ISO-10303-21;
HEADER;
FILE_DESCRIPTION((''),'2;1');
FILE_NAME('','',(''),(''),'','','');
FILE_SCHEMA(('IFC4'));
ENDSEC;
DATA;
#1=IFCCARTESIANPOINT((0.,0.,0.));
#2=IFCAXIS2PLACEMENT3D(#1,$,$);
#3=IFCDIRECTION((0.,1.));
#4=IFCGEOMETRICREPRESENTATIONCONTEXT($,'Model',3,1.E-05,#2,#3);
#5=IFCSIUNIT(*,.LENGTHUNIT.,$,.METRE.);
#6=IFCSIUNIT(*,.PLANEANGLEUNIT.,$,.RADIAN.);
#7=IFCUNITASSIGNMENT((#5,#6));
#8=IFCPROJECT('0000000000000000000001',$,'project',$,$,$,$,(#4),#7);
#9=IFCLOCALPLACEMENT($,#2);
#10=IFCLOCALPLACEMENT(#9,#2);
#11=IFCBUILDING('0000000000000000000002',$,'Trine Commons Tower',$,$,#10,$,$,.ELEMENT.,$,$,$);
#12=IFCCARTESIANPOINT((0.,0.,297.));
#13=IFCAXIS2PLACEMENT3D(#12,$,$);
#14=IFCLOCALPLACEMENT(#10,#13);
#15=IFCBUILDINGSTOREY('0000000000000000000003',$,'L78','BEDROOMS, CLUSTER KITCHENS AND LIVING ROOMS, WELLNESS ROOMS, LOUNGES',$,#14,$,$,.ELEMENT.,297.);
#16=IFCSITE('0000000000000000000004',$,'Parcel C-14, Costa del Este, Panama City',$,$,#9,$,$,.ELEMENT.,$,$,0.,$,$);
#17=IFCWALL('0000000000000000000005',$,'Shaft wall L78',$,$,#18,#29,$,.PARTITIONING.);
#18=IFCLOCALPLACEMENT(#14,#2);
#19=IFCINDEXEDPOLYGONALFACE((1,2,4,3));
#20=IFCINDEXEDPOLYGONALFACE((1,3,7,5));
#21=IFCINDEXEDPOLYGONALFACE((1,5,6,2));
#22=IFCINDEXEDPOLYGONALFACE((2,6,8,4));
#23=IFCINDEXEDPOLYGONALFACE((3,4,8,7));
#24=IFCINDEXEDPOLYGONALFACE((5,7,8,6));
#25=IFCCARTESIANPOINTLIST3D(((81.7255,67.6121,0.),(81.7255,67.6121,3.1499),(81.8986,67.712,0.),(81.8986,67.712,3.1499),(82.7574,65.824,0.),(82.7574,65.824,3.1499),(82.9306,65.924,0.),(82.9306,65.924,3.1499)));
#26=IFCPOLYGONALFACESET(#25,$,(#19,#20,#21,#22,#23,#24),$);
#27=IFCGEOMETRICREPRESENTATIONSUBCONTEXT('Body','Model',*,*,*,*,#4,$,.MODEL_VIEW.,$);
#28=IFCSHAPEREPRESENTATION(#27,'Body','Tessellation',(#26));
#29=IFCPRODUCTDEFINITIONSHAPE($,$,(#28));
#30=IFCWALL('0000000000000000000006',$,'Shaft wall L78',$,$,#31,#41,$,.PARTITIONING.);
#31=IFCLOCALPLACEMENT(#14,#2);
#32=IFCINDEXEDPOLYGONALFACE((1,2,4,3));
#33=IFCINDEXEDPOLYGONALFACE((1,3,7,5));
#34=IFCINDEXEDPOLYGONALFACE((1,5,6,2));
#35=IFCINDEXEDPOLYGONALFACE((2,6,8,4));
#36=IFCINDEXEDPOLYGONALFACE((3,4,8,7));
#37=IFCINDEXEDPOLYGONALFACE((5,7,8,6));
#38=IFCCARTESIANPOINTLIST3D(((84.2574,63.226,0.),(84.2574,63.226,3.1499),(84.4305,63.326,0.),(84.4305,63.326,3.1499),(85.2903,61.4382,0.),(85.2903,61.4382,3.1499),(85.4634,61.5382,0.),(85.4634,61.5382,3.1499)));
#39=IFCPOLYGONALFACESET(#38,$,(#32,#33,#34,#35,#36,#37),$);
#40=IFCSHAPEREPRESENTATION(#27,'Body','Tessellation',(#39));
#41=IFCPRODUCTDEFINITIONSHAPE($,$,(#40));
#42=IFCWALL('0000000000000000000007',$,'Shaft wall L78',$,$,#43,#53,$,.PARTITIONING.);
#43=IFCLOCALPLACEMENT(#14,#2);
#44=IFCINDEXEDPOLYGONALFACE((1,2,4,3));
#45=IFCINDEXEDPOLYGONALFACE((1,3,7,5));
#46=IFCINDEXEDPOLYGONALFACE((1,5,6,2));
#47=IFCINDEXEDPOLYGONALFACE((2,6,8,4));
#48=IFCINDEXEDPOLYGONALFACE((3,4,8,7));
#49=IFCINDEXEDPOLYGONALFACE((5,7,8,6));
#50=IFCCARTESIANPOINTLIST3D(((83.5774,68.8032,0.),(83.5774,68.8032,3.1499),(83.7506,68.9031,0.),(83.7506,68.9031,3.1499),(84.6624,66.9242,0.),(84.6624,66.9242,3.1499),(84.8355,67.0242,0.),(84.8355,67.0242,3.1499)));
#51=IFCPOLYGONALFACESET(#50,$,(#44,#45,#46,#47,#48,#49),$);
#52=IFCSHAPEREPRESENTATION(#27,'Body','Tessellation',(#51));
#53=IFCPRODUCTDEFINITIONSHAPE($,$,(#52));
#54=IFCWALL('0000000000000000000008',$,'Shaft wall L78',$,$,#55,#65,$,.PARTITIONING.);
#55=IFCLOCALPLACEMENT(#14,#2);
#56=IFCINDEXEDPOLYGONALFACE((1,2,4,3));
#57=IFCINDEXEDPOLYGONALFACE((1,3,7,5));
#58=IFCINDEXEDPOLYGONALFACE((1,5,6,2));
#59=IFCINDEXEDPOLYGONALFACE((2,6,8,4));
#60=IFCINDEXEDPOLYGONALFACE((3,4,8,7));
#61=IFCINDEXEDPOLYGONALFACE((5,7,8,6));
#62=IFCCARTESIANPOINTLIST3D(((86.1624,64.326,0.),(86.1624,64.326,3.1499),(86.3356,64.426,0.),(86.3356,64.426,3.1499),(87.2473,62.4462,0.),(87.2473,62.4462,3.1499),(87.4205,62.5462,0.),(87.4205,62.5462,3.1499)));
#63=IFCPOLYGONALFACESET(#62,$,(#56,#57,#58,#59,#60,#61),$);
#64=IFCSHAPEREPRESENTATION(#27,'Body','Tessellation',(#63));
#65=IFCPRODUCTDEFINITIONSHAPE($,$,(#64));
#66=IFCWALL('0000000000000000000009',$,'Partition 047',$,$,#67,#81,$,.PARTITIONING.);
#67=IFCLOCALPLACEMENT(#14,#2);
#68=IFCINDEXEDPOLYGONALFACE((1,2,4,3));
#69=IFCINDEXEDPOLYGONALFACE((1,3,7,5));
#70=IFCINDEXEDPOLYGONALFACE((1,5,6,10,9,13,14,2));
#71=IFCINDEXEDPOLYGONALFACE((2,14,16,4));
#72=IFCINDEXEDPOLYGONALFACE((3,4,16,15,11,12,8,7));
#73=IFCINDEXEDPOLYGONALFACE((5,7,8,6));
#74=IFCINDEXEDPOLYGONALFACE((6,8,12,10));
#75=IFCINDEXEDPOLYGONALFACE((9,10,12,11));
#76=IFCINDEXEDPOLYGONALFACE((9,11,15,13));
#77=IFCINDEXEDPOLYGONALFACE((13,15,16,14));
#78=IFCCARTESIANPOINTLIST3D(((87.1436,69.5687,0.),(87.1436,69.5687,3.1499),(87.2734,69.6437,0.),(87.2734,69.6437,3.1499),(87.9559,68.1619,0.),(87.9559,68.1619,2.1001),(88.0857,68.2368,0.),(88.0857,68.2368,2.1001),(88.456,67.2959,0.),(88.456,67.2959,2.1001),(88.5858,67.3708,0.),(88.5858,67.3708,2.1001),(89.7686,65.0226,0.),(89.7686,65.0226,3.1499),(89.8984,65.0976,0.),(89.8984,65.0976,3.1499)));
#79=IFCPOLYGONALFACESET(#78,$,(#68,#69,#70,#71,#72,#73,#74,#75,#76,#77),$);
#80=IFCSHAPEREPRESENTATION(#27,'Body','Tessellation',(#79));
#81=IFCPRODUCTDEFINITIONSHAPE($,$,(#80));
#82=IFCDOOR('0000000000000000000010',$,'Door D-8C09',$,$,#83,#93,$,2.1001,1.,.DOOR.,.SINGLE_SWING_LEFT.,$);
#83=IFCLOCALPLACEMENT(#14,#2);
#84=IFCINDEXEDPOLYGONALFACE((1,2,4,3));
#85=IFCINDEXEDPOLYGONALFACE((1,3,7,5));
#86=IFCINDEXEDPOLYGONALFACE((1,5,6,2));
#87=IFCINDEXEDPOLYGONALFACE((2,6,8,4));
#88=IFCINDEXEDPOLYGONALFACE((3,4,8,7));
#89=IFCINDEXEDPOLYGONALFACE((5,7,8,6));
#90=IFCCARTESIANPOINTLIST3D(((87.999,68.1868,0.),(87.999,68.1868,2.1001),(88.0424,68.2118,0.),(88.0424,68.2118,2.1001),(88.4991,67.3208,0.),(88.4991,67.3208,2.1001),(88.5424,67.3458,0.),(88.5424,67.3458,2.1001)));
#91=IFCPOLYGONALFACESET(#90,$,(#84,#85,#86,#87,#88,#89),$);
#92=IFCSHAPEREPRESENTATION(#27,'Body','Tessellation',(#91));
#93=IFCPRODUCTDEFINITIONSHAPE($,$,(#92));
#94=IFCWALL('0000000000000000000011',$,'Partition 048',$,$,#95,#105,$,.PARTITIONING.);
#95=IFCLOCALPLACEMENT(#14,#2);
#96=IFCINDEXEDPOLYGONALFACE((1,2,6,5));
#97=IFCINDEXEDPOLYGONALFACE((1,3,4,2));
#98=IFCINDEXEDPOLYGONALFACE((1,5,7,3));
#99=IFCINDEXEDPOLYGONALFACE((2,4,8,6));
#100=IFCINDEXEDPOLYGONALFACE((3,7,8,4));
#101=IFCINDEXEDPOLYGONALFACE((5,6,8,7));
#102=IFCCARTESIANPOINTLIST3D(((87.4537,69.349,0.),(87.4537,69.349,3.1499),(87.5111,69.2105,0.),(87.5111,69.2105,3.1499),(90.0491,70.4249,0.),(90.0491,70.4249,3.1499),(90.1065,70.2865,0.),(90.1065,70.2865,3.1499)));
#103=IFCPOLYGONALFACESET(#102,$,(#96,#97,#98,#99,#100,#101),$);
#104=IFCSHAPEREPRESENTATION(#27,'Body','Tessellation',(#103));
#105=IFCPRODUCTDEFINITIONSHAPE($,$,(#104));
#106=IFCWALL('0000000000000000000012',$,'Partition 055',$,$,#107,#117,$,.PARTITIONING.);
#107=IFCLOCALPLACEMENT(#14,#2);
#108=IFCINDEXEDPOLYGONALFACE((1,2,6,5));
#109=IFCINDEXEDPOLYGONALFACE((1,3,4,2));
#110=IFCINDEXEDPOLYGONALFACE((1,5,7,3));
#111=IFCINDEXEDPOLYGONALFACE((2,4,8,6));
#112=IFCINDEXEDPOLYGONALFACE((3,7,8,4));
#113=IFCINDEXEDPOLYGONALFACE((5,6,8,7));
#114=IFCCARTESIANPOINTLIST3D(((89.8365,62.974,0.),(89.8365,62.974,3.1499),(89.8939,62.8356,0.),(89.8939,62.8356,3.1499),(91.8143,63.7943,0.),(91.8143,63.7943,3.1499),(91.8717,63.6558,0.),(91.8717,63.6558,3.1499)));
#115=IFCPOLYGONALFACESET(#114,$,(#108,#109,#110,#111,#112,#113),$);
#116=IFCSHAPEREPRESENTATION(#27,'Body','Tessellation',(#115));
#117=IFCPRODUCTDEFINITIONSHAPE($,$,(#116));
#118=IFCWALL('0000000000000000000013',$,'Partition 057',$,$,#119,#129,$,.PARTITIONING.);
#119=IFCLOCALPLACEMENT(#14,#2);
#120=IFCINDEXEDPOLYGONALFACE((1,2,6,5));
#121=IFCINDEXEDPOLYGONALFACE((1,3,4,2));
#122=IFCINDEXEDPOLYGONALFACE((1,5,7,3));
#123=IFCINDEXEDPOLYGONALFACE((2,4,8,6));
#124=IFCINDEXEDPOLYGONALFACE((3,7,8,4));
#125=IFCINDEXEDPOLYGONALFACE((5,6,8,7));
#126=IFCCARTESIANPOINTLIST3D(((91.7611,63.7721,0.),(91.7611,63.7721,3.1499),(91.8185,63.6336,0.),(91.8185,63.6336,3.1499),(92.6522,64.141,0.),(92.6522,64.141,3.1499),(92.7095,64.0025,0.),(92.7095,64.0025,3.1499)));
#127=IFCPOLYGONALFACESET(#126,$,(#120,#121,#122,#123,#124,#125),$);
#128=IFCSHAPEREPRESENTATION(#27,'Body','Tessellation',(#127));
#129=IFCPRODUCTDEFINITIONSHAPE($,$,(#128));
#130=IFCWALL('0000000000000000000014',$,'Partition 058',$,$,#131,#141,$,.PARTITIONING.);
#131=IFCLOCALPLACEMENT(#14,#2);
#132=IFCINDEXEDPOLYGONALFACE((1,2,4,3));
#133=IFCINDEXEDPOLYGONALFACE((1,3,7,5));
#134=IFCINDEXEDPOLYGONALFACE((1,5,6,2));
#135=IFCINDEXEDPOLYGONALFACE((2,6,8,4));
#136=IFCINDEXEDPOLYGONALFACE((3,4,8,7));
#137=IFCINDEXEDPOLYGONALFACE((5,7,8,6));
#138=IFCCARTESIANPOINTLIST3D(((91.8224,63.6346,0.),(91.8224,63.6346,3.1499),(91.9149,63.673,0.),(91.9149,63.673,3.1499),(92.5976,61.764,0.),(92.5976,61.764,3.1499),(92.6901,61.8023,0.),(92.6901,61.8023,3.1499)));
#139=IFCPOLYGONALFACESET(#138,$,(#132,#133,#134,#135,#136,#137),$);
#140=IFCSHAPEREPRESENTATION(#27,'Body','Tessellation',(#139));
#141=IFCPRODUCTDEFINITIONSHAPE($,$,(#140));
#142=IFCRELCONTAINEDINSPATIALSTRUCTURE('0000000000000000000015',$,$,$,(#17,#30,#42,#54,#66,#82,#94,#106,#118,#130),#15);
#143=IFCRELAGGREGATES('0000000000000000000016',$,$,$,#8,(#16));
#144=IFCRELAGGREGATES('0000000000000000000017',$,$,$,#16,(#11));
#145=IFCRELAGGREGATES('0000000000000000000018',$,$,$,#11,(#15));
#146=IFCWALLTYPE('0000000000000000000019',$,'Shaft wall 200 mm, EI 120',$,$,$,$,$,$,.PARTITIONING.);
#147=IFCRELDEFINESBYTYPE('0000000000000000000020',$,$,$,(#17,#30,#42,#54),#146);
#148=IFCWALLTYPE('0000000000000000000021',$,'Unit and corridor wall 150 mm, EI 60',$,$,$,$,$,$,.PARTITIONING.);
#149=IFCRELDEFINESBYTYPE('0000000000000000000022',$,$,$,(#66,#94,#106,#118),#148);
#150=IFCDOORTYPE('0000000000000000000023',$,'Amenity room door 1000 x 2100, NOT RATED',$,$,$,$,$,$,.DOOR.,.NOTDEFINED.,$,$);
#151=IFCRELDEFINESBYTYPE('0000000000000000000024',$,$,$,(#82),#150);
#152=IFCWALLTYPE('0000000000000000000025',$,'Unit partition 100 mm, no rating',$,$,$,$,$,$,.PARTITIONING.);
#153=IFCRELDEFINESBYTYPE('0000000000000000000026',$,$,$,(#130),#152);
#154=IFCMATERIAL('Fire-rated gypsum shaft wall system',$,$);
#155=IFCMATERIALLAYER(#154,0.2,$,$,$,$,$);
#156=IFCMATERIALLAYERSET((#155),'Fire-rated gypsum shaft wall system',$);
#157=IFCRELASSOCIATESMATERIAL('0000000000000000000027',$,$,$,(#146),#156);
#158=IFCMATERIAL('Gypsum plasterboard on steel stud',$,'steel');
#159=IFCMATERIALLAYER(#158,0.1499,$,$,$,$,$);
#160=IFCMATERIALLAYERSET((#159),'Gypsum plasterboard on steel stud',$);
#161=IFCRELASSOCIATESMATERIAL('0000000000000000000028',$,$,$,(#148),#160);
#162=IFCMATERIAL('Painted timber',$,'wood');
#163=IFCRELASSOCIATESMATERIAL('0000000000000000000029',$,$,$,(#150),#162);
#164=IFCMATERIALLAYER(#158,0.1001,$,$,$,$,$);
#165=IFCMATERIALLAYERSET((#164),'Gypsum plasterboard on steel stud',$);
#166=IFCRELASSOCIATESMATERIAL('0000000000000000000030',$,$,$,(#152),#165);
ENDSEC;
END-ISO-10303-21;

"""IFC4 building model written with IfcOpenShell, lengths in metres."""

from ifc_helpers import new_model, si_unit, direction, frame, frame_2d, origin, place, context, subcontext, project, spatial, rectangle, extrude, material, layer, layer_set, type_object, element, fill, save


model = new_model("IFC4")

# Units and contexts
model_context = context("Model", 3, precision=1e-05, world=origin(), true_north=direction((0.0, 1.0)))
body_context = subcontext(model_context, "Body", "Model", "MODEL_VIEW")
ifc_project = project(units=[si_unit("LENGTHUNIT", "METRE"), si_unit("PLANEANGLEUNIT", "RADIAN")], contexts=[model_context])

# Site, building, storey
site_placement = place(None, origin())
site = spatial("IfcSite", under=ifc_project, at=site_placement, Name="Parcel C-14, Costa del Este, Panama City", CompositionType="ELEMENT", RefElevation=0.0)
building_placement = place(site_placement, origin())
building = spatial("IfcBuilding", under=site, at=building_placement, Name="Trine Commons Tower", CompositionType="ELEMENT")
storey_placement = place(building_placement, frame((0.0, 0.0, 297.0)))
storey = spatial("IfcBuildingStorey", under=building, at=storey_placement, Name="L78", Description="BEDROOMS, CLUSTER KITCHENS AND LIVING ROOMS, WELLNESS ROOMS, LOUNGES", CompositionType="ELEMENT", Elevation=297.0)

# Shared definitions
ifc_material_1 = material(Name="Fire-rated gypsum shaft wall system")

# Walls
ifc_layer_1 = layer(ifc_material_1, 0.2)
ifc_layer_set_1 = layer_set([ifc_layer_1], Name="Fire-rated gypsum shaft wall system")
wall_type_1 = type_object("IfcWallType", Name="Shaft wall 200 mm, EI 120", PredefinedType="PARTITIONING", material=ifc_layer_set_1)
wall_1_placement = place(storey_placement, frame((82.844, 65.874, 0.0), z_axis=(0.0, 0.0, 1.0), x_axis=(-0.499866, 0.866103, 0.0)))
element("IfcWall", 1, at=wall_1_placement, inside=storey, type_object=wall_type_1, Name="Shaft wall L78", PredefinedType="PARTITIONING", context=body_context, shape_type="SweptSolid", body=[
    extrude(rectangle(XDim=2.0645, YDim=0.2, at=frame_2d((1.0322, 0.0))), origin(), (0.0, 0.0, 1.0), 3.1499),
])
wall_2_placement = place(storey_placement, frame((84.344, 63.2759, 0.0), z_axis=(0.0, 0.0, 1.0), x_axis=(0.500272, -0.865868, 0.0)))
element("IfcWall", 2, at=wall_2_placement, inside=storey, type_object=wall_type_1, Name="Shaft wall L78", PredefinedType="PARTITIONING", context=body_context, shape_type="SweptSolid", body=[
    extrude(rectangle(XDim=2.0647, YDim=0.2, at=frame_2d((1.0322, 0.0))), origin(), (0.0, 0.0, 1.0), 3.1499),
])
wall_3_placement = place(storey_placement, frame((84.749, 66.9741, 0.0), z_axis=(0.0, 0.0, 1.0), x_axis=(-0.50006, 0.865991, 0.0)))
element("IfcWall", 3, at=wall_3_placement, inside=storey, type_object=wall_type_1, Name="Shaft wall L78", PredefinedType="PARTITIONING", context=body_context, shape_type="SweptSolid", body=[
    extrude(rectangle(XDim=2.1697, YDim=0.2, at=frame_2d((1.085, 0.0))), origin(), (0.0, 0.0, 1.0), 3.1499),
])
wall_4_placement = place(storey_placement, frame((86.249, 64.376, 0.0), z_axis=(0.0, 0.0, 1.0), x_axis=(0.499865, -0.866103, 0.0)))
element("IfcWall", 4, at=wall_4_placement, inside=storey, type_object=wall_type_1, Name="Shaft wall L78", PredefinedType="PARTITIONING", context=body_context, shape_type="SweptSolid", body=[
    extrude(rectangle(XDim=2.1704, YDim=0.2, at=frame_2d((1.0852, 0.0))), origin(), (0.0, 0.0, 1.0), 3.1499),
])

# Wall, opening, door
ifc_material_2 = material(Name="Gypsum plasterboard on steel stud", Category="steel")
ifc_layer_2 = layer(ifc_material_2, 0.1499)
ifc_layer_set_2 = layer_set([ifc_layer_2], Name="Gypsum plasterboard on steel stud")
wall_type_2 = type_object("IfcWallType", Name="Unit and corridor wall 150 mm, EI 60", PredefinedType="PARTITIONING", material=ifc_layer_set_2)
wall_5_placement = place(storey_placement, frame((87.2085, 69.6062, 0.0), z_axis=(0.0, 0.0, 1.0), x_axis=(0.50004, -0.866002, 0.0)))
wall_5 = element("IfcWall", 5, at=wall_5_placement, inside=storey, type_object=wall_type_2, Name="Partition 047", PredefinedType="PARTITIONING", context=body_context, shape_type="SweptSolid", body=[
    extrude(rectangle(XDim=5.2495, YDim=0.1499, at=frame_2d((2.6248, 0.0))), origin(), (0.0, 0.0, 1.0), 3.1499),
])
opening_1_placement = place(wall_5_placement, frame((1.6245, 0.0, 0.0)))
opening_1 = element("IfcOpeningElement", 6, at=opening_1_placement, cuts=wall_5, PredefinedType="OPENING", context=body_context, shape_type="SweptSolid", body=[
    extrude(rectangle(XDim=1.0, YDim=2.1001, at=frame_2d((0.5, 1.05))), frame((0.0, 0.085, 0.0), z_axis=(0.0, -1.0, 0.0), x_axis=(1.0, 0.0, 0.0)), (0.0, 0.0, 1.0), 0.1699),
])
ifc_material_3 = material(Name="Painted timber", Category="wood")
door_type_1 = type_object("IfcDoorType", Name="Amenity room door 1000 x 2100, NOT RATED", OperationType="NOTDEFINED", PredefinedType="DOOR", material=ifc_material_3)
door_1_placement = place(opening_1_placement, origin())
door_1 = element("IfcDoor", 7, at=door_1_placement, inside=storey, type_object=door_type_1, Name="Door D-8C09", OperationType="SINGLE_SWING_LEFT", OverallHeight=2.1001, OverallWidth=1.0, PredefinedType="DOOR", context=body_context, shape_type="SweptSolid", body=[
    extrude(rectangle(XDim=1.0, YDim=2.1001, at=frame_2d((0.5, 1.05))), frame((0.0, 0.0249, 0.0), z_axis=(0.0, -1.0, 0.0), x_axis=(1.0, 0.0, 0.0)), (0.0, 0.0, 1.0), 0.05),
])
fill(opening_1, door_1)

# Walls
wall_6_placement = place(storey_placement, frame((87.4824, 69.2798, 0.0), z_axis=(0.0, 0.0, 1.0), x_axis=(0.923772, 0.382943, 0.0)))
element("IfcWall", 8, at=wall_6_placement, inside=storey, type_object=wall_type_2, Name="Partition 048", PredefinedType="PARTITIONING", context=body_context, shape_type="SweptSolid", body=[
    extrude(rectangle(XDim=2.8096, YDim=0.1499, at=frame_2d((1.4048, 0.0))), origin(), (0.0, 0.0, 1.0), 3.1499),
])
wall_7_placement = place(storey_placement, frame((89.8652, 62.9048, 0.0), z_axis=(0.0, 0.0, 1.0), x_axis=(0.9237, 0.383117, 0.0)))
element("IfcWall", 9, at=wall_7_placement, inside=storey, type_object=wall_type_2, Name="Partition 055", PredefinedType="PARTITIONING", context=body_context, shape_type="SweptSolid", body=[
    extrude(rectangle(XDim=2.1411, YDim=0.1499, at=frame_2d((1.0706, 0.0))), origin(), (0.0, 0.0, 1.0), 3.1499),
])
wall_8_placement = place(storey_placement, frame((91.7898, 63.7029, 0.0), z_axis=(0.0, 0.0, 1.0), x_axis=(0.923958, 0.382493, 0.0)))
element("IfcWall", 10, at=wall_8_placement, inside=storey, type_object=wall_type_2, Name="Partition 057", PredefinedType="PARTITIONING", context=body_context, shape_type="SweptSolid", body=[
    extrude(rectangle(XDim=0.9644, YDim=0.1499, at=frame_2d((0.4822, 0.0))), origin(), (0.0, 0.0, 1.0), 3.1499),
])
ifc_layer_3 = layer(ifc_material_2, 0.1001)
ifc_layer_set_3 = layer_set([ifc_layer_3], Name="Gypsum plasterboard on steel stud")
wall_type_3 = type_object("IfcWallType", Name="Unit partition 100 mm, no rating", PredefinedType="PARTITIONING", material=ifc_layer_set_3)
wall_9_placement = place(storey_placement, frame((91.8687, 63.6538, 0.0), z_axis=(0.0, 0.0, 1.0), x_axis=(0.382817, -0.923824, 0.0)))
element("IfcWall", 11, at=wall_9_placement, inside=storey, type_object=wall_type_3, Name="Partition 058", PredefinedType="PARTITIONING", context=body_context, shape_type="SweptSolid", body=[
    extrude(rectangle(XDim=2.0249, YDim=0.1001, at=frame_2d((1.0125, 0.0))), origin(), (0.0, 0.0, 1.0), 3.1499),
])

save(model, "model.ifc")
